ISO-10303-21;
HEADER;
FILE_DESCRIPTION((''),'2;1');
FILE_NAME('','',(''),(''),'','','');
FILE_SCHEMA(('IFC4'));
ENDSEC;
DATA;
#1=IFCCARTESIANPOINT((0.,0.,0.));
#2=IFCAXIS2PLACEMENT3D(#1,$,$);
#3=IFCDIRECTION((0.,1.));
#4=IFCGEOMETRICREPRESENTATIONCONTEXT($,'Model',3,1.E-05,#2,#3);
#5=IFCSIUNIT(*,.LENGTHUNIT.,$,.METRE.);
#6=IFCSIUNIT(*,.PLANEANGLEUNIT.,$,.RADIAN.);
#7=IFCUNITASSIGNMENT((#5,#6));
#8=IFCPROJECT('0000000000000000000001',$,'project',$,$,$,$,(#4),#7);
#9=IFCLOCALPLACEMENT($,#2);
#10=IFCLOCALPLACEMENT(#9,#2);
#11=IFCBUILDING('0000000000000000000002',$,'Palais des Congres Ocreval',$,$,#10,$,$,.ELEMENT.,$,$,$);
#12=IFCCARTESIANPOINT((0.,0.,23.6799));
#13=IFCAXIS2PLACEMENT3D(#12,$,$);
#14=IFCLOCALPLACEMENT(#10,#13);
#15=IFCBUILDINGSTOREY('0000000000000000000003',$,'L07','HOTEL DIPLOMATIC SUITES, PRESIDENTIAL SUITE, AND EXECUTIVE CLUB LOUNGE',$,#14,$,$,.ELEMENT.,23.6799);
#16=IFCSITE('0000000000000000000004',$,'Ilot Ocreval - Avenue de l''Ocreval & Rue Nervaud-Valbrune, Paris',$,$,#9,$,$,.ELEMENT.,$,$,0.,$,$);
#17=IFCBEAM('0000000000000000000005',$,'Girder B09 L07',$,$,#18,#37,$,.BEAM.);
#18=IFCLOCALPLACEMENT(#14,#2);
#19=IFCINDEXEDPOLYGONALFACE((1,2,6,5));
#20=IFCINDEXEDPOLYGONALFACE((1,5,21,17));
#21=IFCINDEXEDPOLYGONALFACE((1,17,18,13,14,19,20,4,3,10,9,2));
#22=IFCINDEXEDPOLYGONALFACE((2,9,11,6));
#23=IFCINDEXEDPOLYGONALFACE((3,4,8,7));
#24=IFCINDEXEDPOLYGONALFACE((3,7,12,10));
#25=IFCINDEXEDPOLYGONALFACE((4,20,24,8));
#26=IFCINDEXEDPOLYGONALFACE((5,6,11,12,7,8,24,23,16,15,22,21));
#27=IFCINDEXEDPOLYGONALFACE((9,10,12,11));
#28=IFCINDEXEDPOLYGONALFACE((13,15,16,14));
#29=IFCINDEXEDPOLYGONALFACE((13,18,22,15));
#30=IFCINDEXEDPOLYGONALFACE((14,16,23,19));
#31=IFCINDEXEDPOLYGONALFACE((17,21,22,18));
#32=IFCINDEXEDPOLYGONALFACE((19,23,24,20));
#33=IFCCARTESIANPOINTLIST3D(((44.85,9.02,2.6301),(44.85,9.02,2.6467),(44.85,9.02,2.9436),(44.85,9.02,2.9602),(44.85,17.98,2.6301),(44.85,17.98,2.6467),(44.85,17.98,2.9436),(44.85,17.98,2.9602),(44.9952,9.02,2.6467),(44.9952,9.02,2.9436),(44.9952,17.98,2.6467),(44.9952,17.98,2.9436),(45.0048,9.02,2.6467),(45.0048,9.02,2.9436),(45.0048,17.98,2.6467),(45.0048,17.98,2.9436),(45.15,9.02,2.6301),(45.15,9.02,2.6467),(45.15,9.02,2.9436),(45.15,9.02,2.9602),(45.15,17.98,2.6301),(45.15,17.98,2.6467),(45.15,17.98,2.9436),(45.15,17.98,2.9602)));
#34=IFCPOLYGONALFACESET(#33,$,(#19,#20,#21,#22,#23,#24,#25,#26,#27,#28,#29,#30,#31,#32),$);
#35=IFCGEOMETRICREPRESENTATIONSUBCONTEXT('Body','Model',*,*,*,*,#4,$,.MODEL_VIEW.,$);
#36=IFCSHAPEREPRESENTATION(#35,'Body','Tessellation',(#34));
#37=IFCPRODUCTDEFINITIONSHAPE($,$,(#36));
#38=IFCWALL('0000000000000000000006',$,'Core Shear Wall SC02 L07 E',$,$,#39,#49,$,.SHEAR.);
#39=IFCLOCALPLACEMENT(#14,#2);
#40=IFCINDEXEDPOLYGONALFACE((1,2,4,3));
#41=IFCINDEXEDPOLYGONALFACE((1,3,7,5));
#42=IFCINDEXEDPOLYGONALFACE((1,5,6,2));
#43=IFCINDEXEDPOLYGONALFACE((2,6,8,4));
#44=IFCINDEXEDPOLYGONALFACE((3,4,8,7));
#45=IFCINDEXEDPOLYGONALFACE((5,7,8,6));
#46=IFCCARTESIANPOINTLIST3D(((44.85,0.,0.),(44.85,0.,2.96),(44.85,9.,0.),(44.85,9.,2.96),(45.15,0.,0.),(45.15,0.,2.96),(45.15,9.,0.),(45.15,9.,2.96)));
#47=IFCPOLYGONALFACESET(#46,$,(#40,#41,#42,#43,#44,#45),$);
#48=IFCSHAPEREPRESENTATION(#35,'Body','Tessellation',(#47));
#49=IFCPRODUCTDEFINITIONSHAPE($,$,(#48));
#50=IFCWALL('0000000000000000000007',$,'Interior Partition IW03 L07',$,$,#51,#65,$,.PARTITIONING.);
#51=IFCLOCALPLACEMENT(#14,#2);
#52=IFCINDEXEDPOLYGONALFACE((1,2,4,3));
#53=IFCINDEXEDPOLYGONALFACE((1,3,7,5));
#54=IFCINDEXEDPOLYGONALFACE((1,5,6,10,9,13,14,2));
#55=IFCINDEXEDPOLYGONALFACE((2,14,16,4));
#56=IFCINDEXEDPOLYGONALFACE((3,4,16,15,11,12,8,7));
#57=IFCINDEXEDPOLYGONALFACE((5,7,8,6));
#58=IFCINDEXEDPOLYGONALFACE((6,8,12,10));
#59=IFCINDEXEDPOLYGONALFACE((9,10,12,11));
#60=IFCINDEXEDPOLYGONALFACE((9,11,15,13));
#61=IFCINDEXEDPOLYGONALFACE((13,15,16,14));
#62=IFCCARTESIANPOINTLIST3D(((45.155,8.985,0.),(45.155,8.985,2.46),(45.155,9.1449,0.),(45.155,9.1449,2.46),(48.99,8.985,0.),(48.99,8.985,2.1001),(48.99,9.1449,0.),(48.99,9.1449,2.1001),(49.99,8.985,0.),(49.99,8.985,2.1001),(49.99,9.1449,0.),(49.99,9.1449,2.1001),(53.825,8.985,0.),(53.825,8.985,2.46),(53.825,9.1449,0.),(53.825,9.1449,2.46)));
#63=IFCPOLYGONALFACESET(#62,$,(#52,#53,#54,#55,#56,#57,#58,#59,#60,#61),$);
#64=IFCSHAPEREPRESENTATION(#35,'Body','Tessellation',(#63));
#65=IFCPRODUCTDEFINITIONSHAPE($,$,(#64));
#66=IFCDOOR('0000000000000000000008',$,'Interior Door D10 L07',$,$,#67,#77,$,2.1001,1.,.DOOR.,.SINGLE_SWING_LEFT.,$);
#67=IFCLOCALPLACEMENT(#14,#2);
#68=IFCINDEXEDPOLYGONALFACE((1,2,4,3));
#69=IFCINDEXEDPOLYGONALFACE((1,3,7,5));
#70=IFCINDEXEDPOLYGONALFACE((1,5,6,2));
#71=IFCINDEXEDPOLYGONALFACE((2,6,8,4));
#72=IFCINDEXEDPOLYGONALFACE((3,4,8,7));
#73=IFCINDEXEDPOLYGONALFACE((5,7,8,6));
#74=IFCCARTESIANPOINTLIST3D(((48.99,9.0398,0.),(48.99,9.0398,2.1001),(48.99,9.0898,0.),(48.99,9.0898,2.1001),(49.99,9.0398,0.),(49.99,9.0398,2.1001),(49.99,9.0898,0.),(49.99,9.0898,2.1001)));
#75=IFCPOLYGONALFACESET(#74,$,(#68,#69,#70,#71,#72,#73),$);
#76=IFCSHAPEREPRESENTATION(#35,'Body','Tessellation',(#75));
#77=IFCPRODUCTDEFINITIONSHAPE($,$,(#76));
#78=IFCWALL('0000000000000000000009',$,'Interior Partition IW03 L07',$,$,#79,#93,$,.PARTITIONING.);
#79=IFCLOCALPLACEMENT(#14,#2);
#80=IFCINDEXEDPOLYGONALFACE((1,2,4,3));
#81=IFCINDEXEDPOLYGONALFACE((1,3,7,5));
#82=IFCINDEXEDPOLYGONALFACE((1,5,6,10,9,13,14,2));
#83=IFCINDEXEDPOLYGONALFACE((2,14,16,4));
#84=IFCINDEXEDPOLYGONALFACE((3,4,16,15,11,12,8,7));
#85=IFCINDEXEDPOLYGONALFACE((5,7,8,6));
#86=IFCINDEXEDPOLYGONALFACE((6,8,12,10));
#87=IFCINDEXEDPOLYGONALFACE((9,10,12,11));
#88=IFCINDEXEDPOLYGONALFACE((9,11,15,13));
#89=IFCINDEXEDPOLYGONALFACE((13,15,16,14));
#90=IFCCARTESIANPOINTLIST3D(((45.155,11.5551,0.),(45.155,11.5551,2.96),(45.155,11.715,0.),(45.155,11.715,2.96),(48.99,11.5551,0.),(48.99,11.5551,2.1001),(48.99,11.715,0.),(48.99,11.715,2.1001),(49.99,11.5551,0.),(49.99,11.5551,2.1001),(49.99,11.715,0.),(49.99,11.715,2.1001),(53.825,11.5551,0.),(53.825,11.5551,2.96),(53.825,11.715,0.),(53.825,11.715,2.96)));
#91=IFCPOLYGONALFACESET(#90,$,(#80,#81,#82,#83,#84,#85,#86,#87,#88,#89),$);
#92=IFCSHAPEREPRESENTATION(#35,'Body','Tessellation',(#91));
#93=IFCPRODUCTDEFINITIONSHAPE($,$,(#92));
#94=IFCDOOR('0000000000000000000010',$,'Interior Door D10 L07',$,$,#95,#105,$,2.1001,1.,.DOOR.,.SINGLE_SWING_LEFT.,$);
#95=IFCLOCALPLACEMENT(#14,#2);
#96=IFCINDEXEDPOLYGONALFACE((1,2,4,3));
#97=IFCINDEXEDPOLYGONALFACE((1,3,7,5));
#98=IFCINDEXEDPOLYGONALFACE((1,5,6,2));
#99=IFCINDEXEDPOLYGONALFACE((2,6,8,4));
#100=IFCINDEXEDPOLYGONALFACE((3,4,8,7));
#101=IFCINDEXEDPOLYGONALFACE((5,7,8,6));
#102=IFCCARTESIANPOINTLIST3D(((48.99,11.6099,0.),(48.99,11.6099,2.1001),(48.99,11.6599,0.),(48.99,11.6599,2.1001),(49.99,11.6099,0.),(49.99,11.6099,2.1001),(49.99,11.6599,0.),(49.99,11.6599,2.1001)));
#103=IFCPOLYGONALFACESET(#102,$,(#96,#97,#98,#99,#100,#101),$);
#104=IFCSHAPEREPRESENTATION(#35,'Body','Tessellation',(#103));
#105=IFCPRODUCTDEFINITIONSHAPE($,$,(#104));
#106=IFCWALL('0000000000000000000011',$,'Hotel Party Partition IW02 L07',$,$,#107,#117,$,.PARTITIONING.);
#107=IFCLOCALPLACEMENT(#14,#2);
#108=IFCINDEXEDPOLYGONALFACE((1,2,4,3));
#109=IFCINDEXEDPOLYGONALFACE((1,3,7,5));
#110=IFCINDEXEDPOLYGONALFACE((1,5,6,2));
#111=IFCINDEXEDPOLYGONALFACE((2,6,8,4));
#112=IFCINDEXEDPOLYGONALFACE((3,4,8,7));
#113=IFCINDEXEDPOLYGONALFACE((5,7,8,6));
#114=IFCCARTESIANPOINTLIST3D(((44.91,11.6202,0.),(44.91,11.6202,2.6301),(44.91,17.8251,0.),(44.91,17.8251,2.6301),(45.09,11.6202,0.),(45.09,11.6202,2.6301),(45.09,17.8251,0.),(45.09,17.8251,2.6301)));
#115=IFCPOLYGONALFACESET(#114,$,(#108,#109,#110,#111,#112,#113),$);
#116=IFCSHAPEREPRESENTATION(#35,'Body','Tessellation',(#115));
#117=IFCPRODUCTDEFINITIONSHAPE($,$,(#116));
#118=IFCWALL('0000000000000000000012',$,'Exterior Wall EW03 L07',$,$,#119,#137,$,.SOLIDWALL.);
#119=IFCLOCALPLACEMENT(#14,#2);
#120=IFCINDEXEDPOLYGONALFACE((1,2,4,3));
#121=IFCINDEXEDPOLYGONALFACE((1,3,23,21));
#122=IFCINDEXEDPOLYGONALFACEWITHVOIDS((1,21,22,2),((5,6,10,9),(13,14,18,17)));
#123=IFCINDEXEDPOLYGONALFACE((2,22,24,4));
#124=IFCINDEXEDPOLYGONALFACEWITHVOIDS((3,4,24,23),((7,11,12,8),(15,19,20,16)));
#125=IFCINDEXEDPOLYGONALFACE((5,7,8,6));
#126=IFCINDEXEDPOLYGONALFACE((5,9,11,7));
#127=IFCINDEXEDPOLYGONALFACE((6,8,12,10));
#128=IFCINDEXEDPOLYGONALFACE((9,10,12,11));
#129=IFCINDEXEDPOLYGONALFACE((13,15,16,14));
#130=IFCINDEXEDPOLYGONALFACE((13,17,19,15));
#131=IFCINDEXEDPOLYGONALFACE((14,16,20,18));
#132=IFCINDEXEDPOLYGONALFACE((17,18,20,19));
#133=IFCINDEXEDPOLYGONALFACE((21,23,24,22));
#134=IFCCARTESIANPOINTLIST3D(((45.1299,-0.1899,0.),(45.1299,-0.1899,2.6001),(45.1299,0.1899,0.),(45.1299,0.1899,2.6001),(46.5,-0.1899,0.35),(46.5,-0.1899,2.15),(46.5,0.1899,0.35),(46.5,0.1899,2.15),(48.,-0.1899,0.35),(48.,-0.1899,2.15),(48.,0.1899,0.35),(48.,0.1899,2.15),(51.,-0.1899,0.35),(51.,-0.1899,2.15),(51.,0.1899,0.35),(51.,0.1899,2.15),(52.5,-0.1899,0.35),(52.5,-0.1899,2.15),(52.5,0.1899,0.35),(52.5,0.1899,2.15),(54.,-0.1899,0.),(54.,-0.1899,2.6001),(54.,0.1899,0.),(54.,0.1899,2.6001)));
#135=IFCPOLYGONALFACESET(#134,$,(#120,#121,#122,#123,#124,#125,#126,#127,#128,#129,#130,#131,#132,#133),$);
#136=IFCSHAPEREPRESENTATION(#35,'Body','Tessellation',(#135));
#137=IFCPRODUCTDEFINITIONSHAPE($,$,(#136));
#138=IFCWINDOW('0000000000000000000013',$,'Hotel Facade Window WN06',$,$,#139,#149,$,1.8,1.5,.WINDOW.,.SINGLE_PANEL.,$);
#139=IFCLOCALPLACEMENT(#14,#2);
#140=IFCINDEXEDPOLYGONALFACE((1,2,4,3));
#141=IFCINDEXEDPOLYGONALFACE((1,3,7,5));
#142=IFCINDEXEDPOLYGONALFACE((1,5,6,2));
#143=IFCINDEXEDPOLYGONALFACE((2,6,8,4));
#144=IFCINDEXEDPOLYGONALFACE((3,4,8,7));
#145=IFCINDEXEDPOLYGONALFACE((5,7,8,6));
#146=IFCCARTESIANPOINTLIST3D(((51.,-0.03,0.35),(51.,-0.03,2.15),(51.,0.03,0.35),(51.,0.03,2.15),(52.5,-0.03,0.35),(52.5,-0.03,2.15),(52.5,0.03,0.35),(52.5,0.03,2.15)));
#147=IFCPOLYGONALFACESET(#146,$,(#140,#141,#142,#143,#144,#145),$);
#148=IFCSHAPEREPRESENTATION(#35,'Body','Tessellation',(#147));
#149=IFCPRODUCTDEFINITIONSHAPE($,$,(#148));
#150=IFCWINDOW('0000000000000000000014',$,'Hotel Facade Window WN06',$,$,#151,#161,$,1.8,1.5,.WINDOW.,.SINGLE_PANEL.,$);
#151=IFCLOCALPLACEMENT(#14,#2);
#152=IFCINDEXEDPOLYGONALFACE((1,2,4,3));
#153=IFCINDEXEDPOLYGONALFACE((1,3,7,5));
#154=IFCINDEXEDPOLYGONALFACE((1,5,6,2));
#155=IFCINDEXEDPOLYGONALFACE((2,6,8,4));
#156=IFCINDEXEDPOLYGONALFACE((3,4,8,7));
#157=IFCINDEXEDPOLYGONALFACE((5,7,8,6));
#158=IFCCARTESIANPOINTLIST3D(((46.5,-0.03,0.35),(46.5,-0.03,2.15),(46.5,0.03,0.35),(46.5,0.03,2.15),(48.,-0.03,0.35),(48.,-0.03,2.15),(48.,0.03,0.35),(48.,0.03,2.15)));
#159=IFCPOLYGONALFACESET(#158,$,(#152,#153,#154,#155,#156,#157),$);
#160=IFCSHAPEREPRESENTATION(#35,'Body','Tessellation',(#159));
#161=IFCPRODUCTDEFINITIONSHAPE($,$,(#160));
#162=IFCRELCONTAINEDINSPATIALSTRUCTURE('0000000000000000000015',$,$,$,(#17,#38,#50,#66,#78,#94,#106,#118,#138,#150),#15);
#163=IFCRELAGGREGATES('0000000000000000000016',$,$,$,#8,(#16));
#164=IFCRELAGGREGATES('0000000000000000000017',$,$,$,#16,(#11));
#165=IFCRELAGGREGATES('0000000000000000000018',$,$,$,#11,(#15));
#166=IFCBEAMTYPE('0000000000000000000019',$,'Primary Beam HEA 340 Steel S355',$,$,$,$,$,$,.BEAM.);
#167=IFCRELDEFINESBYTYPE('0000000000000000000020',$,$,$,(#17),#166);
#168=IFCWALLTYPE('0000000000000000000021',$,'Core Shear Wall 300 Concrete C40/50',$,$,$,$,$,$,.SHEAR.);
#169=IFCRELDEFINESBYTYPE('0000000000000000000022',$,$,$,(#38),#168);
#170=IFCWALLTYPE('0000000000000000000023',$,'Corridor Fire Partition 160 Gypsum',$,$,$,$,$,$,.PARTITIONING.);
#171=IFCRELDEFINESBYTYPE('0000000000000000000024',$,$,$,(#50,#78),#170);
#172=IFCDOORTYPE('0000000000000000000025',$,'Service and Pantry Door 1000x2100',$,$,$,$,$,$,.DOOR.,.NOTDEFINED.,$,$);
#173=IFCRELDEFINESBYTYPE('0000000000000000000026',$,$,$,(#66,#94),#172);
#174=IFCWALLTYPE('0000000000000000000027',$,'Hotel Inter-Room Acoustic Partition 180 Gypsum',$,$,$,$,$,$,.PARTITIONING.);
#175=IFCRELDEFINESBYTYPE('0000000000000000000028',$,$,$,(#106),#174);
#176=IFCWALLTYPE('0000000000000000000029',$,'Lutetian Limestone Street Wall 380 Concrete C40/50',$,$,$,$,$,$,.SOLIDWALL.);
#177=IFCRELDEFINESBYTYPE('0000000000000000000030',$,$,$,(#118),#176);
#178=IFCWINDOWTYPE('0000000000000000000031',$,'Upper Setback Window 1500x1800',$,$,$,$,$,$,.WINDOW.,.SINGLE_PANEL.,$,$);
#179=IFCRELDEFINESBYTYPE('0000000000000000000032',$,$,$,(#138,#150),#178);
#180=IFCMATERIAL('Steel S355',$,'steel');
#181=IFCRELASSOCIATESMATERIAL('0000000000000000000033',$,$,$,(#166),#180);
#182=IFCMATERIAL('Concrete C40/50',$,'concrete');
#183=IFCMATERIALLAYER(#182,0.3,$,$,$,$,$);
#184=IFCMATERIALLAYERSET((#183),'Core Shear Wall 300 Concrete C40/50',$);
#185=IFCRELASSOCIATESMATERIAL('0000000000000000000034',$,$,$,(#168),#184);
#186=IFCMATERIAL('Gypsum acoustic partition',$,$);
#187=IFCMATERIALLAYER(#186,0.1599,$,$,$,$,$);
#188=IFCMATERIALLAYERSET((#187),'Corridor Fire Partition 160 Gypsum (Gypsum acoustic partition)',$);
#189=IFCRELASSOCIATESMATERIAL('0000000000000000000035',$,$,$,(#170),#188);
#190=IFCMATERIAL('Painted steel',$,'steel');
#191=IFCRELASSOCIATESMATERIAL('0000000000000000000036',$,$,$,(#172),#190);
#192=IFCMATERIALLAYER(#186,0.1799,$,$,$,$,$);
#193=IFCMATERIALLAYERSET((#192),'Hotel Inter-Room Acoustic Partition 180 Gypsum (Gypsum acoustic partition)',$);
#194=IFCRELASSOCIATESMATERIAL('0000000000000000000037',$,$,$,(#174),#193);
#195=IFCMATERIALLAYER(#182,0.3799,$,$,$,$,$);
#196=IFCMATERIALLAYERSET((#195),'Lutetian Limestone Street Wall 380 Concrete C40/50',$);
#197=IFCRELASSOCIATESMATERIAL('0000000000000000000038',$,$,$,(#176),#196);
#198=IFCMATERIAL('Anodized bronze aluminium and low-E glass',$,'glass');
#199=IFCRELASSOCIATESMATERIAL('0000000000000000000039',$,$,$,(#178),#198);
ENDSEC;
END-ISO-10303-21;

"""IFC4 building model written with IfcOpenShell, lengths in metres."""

from ifc_helpers import new_model, si_unit, direction, frame, frame_2d, origin, origin_2d, place, context, subcontext, project, spatial, rectangle, i_section, extrude, material, layer, layer_set, material_profile, profile_set, type_object, element, fill, save


model = new_model("IFC4")

# Units and contexts
model_context = context("Model", 3, precision=1e-05, world=origin(), true_north=direction((0.0, 1.0)))
body_context = subcontext(model_context, "Body", "Model", "MODEL_VIEW")
ifc_project = project(units=[si_unit("LENGTHUNIT", "METRE"), si_unit("PLANEANGLEUNIT", "RADIAN")], contexts=[model_context])

# Site, building, storey
site_placement = place(None, origin())
site = spatial("IfcSite", under=ifc_project, at=site_placement, Name="Ilot Ocreval - Avenue de l'Ocreval & Rue Nervaud-Valbrune, Paris", CompositionType="ELEMENT", RefElevation=0.0)
building_placement = place(site_placement, origin())
building = spatial("IfcBuilding", under=site, at=building_placement, Name="Palais des Congres Ocreval", CompositionType="ELEMENT")
storey_placement = place(building_placement, frame((0.0, 0.0, 23.6799)))
storey = spatial("IfcBuildingStorey", under=building, at=storey_placement, Name="L07", Description="HOTEL DIPLOMATIC SUITES, PRESIDENTIAL SUITE, AND EXECUTIVE CLUB LOUNGE", CompositionType="ELEMENT", Elevation=23.6799)

# Shared definitions
ifc_material_1 = material(Name="Steel S355", Category="steel")

# Beam
ifc_material_profile_1 = material_profile(ifc_material_1, i_section(OverallWidth=0.3, OverallDepth=0.3301, WebThickness=0.0095, FlangeThickness=0.0166, at=origin_2d()), Name="HEA 340")
ifc_profile_set_1 = profile_set([ifc_material_profile_1], Name="Steel S355")
beam_type_1 = type_object("IfcBeamType", Name="Primary Beam HEA 340 Steel S355", PredefinedType="BEAM", material=ifc_profile_set_1)
beam_1_placement = place(storey_placement, frame((45.0, 9.02, 2.7952), z_axis=(0.0, 1.0, 0.0), x_axis=(-1.0, 0.0, 0.0)))
element("IfcBeam", 1, at=beam_1_placement, inside=storey, type_object=beam_type_1, Name="Girder B09 L07", PredefinedType="BEAM", context=body_context, shape_type="SweptSolid", body=[
    extrude(i_section(OverallWidth=0.3, OverallDepth=0.3301, WebThickness=0.0095, FlangeThickness=0.0166, at=origin_2d()), origin(), (0.0, 0.0, 1.0), 8.96),
])

# Wall
ifc_material_2 = material(Name="Concrete C40/50", Category="concrete")
ifc_layer_1 = layer(ifc_material_2, 0.3)
ifc_layer_set_1 = layer_set([ifc_layer_1], Name="Core Shear Wall 300 Concrete C40/50")
wall_type_1 = type_object("IfcWallType", Name="Core Shear Wall 300 Concrete C40/50", PredefinedType="SHEAR", material=ifc_layer_set_1)
wall_1_placement = place(storey_placement, frame((45.0, 0.0, 0.0), z_axis=(0.0, 0.0, 1.0), x_axis=(0.0, 1.0, 0.0)))
element("IfcWall", 2, at=wall_1_placement, inside=storey, type_object=wall_type_1, Name="Core Shear Wall SC02 L07 E", PredefinedType="SHEAR", context=body_context, shape_type="SweptSolid", body=[
    extrude(rectangle(XDim=9.0, YDim=0.3, at=frame_2d((4.5, 0.0))), origin(), (0.0, 0.0, 1.0), 2.96),
])

# Walls, openings, doors
ifc_material_3 = material(Name="Gypsum acoustic partition")
ifc_layer_2 = layer(ifc_material_3, 0.1599)
ifc_layer_set_2 = layer_set([ifc_layer_2], Name="Corridor Fire Partition 160 Gypsum (Gypsum acoustic partition)")
wall_type_2 = type_object("IfcWallType", Name="Corridor Fire Partition 160 Gypsum", PredefinedType="PARTITIONING", material=ifc_layer_set_2)
wall_2_placement = place(storey_placement, frame((45.155, 9.0649, 0.0), z_axis=(0.0, 0.0, 1.0), x_axis=(1.0, 0.0, 0.0)))
wall_2 = element("IfcWall", 3, at=wall_2_placement, inside=storey, type_object=wall_type_2, Name="Interior Partition IW03 L07", PredefinedType="PARTITIONING", context=body_context, shape_type="SweptSolid", body=[
    extrude(rectangle(XDim=8.6699, YDim=0.1599, at=frame_2d((4.335, 0.0))), origin(), (0.0, 0.0, 1.0), 2.46),
])
opening_1_placement = place(wall_2_placement, frame((3.835, 0.0, 0.0)))
opening_1 = element("IfcOpeningElement", 4, at=opening_1_placement, cuts=wall_2, PredefinedType="OPENING", context=body_context, shape_type="SweptSolid", body=[
    extrude(rectangle(XDim=1.0, YDim=2.1001, at=frame_2d((0.5, 1.05))), frame((0.0, 0.0898, 0.0), z_axis=(0.0, -1.0, 0.0), x_axis=(1.0, 0.0, 0.0)), (0.0, 0.0, 1.0), 0.1799),
])
ifc_material_4 = material(Name="Painted steel", Category="steel")
door_type = type_object("IfcDoorType", Name="Service and Pantry Door 1000x2100", OperationType="NOTDEFINED", PredefinedType="DOOR", material=ifc_material_4)
door_1_placement = place(opening_1_placement, origin())
door_1 = element("IfcDoor", 5, at=door_1_placement, inside=storey, type_object=door_type, Name="Interior Door D10 L07", OperationType="SINGLE_SWING_LEFT", OverallHeight=2.1001, OverallWidth=1.0, PredefinedType="DOOR", context=body_context, shape_type="SweptSolid", body=[
    extrude(rectangle(XDim=1.0, YDim=2.1001, at=frame_2d((0.5, 1.05))), frame((0.0, 0.0249, 0.0), z_axis=(0.0, -1.0, 0.0), x_axis=(1.0, 0.0, 0.0)), (0.0, 0.0, 1.0), 0.05),
])
fill(opening_1, door_1)
wall_3_placement = place(storey_placement, frame((45.155, 11.635, 0.0), z_axis=(0.0, 0.0, 1.0), x_axis=(1.0, 0.0, 0.0)))
wall_3 = element("IfcWall", 6, at=wall_3_placement, inside=storey, type_object=wall_type_2, Name="Interior Partition IW03 L07", PredefinedType="PARTITIONING", context=body_context, shape_type="SweptSolid", body=[
    extrude(rectangle(XDim=8.6699, YDim=0.1599, at=frame_2d((4.335, 0.0))), origin(), (0.0, 0.0, 1.0), 2.96),
])
opening_2_placement = place(wall_3_placement, frame((3.835, 0.0, 0.0)))
opening_2 = element("IfcOpeningElement", 7, at=opening_2_placement, cuts=wall_3, PredefinedType="OPENING", context=body_context, shape_type="SweptSolid", body=[
    extrude(rectangle(XDim=1.0, YDim=2.1001, at=frame_2d((0.5, 1.05))), frame((0.0, 0.0898, 0.0), z_axis=(0.0, -1.0, 0.0), x_axis=(1.0, 0.0, 0.0)), (0.0, 0.0, 1.0), 0.1799),
])
door_2_placement = place(opening_2_placement, origin())
door_2 = element("IfcDoor", 8, at=door_2_placement, inside=storey, type_object=door_type, Name="Interior Door D10 L07", OperationType="SINGLE_SWING_LEFT", OverallHeight=2.1001, OverallWidth=1.0, PredefinedType="DOOR", context=body_context, shape_type="SweptSolid", body=[
    extrude(rectangle(XDim=1.0, YDim=2.1001, at=frame_2d((0.5, 1.05))), frame((0.0, 0.0249, 0.0), z_axis=(0.0, -1.0, 0.0), x_axis=(1.0, 0.0, 0.0)), (0.0, 0.0, 1.0), 0.05),
])
fill(opening_2, door_2)

# Wall
ifc_layer_3 = layer(ifc_material_3, 0.1799)
ifc_layer_set_3 = layer_set([ifc_layer_3], Name="Hotel Inter-Room Acoustic Partition 180 Gypsum (Gypsum acoustic partition)")
wall_type_3 = type_object("IfcWallType", Name="Hotel Inter-Room Acoustic Partition 180 Gypsum", PredefinedType="PARTITIONING", material=ifc_layer_set_3)
wall_4_placement = place(storey_placement, frame((45.0, 11.6201, 0.0), z_axis=(0.0, 0.0, 1.0), x_axis=(0.0, 1.0, 0.0)))
element("IfcWall", 9, at=wall_4_placement, inside=storey, type_object=wall_type_3, Name="Hotel Party Partition IW02 L07", PredefinedType="PARTITIONING", context=body_context, shape_type="SweptSolid", body=[
    extrude(rectangle(XDim=6.2048, YDim=0.1799, at=frame_2d((3.1025, 0.0))), origin(), (0.0, 0.0, 1.0), 2.6301),
])

# Wall, openings, windows
ifc_layer_4 = layer(ifc_material_2, 0.3799)
ifc_layer_set_4 = layer_set([ifc_layer_4], Name="Lutetian Limestone Street Wall 380 Concrete C40/50")
wall_type_4 = type_object("IfcWallType", Name="Lutetian Limestone Street Wall 380 Concrete C40/50", PredefinedType="SOLIDWALL", material=ifc_layer_set_4)
wall_5_placement = place(storey_placement, frame((54.0, 0.0, 0.0), z_axis=(0.0, 0.0, 1.0), x_axis=(-1.0, 0.0, 0.0)))
wall_5 = element("IfcWall", 10, at=wall_5_placement, inside=storey, type_object=wall_type_4, Name="Exterior Wall EW03 L07", PredefinedType="SOLIDWALL", context=body_context, shape_type="SweptSolid", body=[
    extrude(rectangle(XDim=8.8701, YDim=0.3799, at=frame_2d((4.4351, 0.0))), origin(), (0.0, 0.0, 1.0), 2.6001),
])
opening_3_placement = place(wall_5_placement, frame((1.5, 0.0, 0.3501)))
opening_3 = element("IfcOpeningElement", 11, at=opening_3_placement, cuts=wall_5, PredefinedType="OPENING", context=body_context, shape_type="SweptSolid", body=[
    extrude(rectangle(XDim=1.5, YDim=1.8, at=frame_2d((0.75, 0.8999))), frame((0.0, 0.2, 0.0), z_axis=(0.0, -1.0, 0.0), x_axis=(1.0, 0.0, 0.0)), (0.0, 0.0, 1.0), 0.3999),
])
opening_4_placement = place(wall_5_placement, frame((6.0, 0.0, 0.3501)))
opening_4 = element("IfcOpeningElement", 12, at=opening_4_placement, cuts=wall_5, PredefinedType="OPENING", context=body_context, shape_type="SweptSolid", body=[
    extrude(rectangle(XDim=1.5, YDim=1.8, at=frame_2d((0.75, 0.8999))), frame((0.0, 0.2, 0.0), z_axis=(0.0, -1.0, 0.0), x_axis=(1.0, 0.0, 0.0)), (0.0, 0.0, 1.0), 0.3999),
])
ifc_material_5 = material(Name="Anodized bronze aluminium and low-E glass", Category="glass")
window_type = type_object("IfcWindowType", Name="Upper Setback Window 1500x1800", PartitioningType="SINGLE_PANEL", PredefinedType="WINDOW", material=ifc_material_5)
window_1_placement = place(opening_3_placement, origin())
window_1 = element("IfcWindow", 13, at=window_1_placement, inside=storey, type_object=window_type, Name="Hotel Facade Window WN06", OverallHeight=1.8, OverallWidth=1.5, PartitioningType="SINGLE_PANEL", PredefinedType="WINDOW", context=body_context, shape_type="SweptSolid", body=[
    extrude(rectangle(XDim=1.5, YDim=1.8, at=frame_2d((0.75, 0.8999))), frame((0.0, 0.03, 0.0), z_axis=(0.0, -1.0, 0.0), x_axis=(1.0, 0.0, 0.0)), (0.0, 0.0, 1.0), 0.0601),
])
fill(opening_3, window_1)
window_2_placement = place(opening_4_placement, origin())
window_2 = element("IfcWindow", 14, at=window_2_placement, inside=storey, type_object=window_type, Name="Hotel Facade Window WN06", OverallHeight=1.8, OverallWidth=1.5, PartitioningType="SINGLE_PANEL", PredefinedType="WINDOW", context=body_context, shape_type="SweptSolid", body=[
    extrude(rectangle(XDim=1.5, YDim=1.8, at=frame_2d((0.75, 0.8999))), frame((0.0, 0.03, 0.0), z_axis=(0.0, -1.0, 0.0), x_axis=(1.0, 0.0, 0.0)), (0.0, 0.0, 1.0), 0.0601),
])
fill(opening_4, window_2)

save(model, "model.ifc")
